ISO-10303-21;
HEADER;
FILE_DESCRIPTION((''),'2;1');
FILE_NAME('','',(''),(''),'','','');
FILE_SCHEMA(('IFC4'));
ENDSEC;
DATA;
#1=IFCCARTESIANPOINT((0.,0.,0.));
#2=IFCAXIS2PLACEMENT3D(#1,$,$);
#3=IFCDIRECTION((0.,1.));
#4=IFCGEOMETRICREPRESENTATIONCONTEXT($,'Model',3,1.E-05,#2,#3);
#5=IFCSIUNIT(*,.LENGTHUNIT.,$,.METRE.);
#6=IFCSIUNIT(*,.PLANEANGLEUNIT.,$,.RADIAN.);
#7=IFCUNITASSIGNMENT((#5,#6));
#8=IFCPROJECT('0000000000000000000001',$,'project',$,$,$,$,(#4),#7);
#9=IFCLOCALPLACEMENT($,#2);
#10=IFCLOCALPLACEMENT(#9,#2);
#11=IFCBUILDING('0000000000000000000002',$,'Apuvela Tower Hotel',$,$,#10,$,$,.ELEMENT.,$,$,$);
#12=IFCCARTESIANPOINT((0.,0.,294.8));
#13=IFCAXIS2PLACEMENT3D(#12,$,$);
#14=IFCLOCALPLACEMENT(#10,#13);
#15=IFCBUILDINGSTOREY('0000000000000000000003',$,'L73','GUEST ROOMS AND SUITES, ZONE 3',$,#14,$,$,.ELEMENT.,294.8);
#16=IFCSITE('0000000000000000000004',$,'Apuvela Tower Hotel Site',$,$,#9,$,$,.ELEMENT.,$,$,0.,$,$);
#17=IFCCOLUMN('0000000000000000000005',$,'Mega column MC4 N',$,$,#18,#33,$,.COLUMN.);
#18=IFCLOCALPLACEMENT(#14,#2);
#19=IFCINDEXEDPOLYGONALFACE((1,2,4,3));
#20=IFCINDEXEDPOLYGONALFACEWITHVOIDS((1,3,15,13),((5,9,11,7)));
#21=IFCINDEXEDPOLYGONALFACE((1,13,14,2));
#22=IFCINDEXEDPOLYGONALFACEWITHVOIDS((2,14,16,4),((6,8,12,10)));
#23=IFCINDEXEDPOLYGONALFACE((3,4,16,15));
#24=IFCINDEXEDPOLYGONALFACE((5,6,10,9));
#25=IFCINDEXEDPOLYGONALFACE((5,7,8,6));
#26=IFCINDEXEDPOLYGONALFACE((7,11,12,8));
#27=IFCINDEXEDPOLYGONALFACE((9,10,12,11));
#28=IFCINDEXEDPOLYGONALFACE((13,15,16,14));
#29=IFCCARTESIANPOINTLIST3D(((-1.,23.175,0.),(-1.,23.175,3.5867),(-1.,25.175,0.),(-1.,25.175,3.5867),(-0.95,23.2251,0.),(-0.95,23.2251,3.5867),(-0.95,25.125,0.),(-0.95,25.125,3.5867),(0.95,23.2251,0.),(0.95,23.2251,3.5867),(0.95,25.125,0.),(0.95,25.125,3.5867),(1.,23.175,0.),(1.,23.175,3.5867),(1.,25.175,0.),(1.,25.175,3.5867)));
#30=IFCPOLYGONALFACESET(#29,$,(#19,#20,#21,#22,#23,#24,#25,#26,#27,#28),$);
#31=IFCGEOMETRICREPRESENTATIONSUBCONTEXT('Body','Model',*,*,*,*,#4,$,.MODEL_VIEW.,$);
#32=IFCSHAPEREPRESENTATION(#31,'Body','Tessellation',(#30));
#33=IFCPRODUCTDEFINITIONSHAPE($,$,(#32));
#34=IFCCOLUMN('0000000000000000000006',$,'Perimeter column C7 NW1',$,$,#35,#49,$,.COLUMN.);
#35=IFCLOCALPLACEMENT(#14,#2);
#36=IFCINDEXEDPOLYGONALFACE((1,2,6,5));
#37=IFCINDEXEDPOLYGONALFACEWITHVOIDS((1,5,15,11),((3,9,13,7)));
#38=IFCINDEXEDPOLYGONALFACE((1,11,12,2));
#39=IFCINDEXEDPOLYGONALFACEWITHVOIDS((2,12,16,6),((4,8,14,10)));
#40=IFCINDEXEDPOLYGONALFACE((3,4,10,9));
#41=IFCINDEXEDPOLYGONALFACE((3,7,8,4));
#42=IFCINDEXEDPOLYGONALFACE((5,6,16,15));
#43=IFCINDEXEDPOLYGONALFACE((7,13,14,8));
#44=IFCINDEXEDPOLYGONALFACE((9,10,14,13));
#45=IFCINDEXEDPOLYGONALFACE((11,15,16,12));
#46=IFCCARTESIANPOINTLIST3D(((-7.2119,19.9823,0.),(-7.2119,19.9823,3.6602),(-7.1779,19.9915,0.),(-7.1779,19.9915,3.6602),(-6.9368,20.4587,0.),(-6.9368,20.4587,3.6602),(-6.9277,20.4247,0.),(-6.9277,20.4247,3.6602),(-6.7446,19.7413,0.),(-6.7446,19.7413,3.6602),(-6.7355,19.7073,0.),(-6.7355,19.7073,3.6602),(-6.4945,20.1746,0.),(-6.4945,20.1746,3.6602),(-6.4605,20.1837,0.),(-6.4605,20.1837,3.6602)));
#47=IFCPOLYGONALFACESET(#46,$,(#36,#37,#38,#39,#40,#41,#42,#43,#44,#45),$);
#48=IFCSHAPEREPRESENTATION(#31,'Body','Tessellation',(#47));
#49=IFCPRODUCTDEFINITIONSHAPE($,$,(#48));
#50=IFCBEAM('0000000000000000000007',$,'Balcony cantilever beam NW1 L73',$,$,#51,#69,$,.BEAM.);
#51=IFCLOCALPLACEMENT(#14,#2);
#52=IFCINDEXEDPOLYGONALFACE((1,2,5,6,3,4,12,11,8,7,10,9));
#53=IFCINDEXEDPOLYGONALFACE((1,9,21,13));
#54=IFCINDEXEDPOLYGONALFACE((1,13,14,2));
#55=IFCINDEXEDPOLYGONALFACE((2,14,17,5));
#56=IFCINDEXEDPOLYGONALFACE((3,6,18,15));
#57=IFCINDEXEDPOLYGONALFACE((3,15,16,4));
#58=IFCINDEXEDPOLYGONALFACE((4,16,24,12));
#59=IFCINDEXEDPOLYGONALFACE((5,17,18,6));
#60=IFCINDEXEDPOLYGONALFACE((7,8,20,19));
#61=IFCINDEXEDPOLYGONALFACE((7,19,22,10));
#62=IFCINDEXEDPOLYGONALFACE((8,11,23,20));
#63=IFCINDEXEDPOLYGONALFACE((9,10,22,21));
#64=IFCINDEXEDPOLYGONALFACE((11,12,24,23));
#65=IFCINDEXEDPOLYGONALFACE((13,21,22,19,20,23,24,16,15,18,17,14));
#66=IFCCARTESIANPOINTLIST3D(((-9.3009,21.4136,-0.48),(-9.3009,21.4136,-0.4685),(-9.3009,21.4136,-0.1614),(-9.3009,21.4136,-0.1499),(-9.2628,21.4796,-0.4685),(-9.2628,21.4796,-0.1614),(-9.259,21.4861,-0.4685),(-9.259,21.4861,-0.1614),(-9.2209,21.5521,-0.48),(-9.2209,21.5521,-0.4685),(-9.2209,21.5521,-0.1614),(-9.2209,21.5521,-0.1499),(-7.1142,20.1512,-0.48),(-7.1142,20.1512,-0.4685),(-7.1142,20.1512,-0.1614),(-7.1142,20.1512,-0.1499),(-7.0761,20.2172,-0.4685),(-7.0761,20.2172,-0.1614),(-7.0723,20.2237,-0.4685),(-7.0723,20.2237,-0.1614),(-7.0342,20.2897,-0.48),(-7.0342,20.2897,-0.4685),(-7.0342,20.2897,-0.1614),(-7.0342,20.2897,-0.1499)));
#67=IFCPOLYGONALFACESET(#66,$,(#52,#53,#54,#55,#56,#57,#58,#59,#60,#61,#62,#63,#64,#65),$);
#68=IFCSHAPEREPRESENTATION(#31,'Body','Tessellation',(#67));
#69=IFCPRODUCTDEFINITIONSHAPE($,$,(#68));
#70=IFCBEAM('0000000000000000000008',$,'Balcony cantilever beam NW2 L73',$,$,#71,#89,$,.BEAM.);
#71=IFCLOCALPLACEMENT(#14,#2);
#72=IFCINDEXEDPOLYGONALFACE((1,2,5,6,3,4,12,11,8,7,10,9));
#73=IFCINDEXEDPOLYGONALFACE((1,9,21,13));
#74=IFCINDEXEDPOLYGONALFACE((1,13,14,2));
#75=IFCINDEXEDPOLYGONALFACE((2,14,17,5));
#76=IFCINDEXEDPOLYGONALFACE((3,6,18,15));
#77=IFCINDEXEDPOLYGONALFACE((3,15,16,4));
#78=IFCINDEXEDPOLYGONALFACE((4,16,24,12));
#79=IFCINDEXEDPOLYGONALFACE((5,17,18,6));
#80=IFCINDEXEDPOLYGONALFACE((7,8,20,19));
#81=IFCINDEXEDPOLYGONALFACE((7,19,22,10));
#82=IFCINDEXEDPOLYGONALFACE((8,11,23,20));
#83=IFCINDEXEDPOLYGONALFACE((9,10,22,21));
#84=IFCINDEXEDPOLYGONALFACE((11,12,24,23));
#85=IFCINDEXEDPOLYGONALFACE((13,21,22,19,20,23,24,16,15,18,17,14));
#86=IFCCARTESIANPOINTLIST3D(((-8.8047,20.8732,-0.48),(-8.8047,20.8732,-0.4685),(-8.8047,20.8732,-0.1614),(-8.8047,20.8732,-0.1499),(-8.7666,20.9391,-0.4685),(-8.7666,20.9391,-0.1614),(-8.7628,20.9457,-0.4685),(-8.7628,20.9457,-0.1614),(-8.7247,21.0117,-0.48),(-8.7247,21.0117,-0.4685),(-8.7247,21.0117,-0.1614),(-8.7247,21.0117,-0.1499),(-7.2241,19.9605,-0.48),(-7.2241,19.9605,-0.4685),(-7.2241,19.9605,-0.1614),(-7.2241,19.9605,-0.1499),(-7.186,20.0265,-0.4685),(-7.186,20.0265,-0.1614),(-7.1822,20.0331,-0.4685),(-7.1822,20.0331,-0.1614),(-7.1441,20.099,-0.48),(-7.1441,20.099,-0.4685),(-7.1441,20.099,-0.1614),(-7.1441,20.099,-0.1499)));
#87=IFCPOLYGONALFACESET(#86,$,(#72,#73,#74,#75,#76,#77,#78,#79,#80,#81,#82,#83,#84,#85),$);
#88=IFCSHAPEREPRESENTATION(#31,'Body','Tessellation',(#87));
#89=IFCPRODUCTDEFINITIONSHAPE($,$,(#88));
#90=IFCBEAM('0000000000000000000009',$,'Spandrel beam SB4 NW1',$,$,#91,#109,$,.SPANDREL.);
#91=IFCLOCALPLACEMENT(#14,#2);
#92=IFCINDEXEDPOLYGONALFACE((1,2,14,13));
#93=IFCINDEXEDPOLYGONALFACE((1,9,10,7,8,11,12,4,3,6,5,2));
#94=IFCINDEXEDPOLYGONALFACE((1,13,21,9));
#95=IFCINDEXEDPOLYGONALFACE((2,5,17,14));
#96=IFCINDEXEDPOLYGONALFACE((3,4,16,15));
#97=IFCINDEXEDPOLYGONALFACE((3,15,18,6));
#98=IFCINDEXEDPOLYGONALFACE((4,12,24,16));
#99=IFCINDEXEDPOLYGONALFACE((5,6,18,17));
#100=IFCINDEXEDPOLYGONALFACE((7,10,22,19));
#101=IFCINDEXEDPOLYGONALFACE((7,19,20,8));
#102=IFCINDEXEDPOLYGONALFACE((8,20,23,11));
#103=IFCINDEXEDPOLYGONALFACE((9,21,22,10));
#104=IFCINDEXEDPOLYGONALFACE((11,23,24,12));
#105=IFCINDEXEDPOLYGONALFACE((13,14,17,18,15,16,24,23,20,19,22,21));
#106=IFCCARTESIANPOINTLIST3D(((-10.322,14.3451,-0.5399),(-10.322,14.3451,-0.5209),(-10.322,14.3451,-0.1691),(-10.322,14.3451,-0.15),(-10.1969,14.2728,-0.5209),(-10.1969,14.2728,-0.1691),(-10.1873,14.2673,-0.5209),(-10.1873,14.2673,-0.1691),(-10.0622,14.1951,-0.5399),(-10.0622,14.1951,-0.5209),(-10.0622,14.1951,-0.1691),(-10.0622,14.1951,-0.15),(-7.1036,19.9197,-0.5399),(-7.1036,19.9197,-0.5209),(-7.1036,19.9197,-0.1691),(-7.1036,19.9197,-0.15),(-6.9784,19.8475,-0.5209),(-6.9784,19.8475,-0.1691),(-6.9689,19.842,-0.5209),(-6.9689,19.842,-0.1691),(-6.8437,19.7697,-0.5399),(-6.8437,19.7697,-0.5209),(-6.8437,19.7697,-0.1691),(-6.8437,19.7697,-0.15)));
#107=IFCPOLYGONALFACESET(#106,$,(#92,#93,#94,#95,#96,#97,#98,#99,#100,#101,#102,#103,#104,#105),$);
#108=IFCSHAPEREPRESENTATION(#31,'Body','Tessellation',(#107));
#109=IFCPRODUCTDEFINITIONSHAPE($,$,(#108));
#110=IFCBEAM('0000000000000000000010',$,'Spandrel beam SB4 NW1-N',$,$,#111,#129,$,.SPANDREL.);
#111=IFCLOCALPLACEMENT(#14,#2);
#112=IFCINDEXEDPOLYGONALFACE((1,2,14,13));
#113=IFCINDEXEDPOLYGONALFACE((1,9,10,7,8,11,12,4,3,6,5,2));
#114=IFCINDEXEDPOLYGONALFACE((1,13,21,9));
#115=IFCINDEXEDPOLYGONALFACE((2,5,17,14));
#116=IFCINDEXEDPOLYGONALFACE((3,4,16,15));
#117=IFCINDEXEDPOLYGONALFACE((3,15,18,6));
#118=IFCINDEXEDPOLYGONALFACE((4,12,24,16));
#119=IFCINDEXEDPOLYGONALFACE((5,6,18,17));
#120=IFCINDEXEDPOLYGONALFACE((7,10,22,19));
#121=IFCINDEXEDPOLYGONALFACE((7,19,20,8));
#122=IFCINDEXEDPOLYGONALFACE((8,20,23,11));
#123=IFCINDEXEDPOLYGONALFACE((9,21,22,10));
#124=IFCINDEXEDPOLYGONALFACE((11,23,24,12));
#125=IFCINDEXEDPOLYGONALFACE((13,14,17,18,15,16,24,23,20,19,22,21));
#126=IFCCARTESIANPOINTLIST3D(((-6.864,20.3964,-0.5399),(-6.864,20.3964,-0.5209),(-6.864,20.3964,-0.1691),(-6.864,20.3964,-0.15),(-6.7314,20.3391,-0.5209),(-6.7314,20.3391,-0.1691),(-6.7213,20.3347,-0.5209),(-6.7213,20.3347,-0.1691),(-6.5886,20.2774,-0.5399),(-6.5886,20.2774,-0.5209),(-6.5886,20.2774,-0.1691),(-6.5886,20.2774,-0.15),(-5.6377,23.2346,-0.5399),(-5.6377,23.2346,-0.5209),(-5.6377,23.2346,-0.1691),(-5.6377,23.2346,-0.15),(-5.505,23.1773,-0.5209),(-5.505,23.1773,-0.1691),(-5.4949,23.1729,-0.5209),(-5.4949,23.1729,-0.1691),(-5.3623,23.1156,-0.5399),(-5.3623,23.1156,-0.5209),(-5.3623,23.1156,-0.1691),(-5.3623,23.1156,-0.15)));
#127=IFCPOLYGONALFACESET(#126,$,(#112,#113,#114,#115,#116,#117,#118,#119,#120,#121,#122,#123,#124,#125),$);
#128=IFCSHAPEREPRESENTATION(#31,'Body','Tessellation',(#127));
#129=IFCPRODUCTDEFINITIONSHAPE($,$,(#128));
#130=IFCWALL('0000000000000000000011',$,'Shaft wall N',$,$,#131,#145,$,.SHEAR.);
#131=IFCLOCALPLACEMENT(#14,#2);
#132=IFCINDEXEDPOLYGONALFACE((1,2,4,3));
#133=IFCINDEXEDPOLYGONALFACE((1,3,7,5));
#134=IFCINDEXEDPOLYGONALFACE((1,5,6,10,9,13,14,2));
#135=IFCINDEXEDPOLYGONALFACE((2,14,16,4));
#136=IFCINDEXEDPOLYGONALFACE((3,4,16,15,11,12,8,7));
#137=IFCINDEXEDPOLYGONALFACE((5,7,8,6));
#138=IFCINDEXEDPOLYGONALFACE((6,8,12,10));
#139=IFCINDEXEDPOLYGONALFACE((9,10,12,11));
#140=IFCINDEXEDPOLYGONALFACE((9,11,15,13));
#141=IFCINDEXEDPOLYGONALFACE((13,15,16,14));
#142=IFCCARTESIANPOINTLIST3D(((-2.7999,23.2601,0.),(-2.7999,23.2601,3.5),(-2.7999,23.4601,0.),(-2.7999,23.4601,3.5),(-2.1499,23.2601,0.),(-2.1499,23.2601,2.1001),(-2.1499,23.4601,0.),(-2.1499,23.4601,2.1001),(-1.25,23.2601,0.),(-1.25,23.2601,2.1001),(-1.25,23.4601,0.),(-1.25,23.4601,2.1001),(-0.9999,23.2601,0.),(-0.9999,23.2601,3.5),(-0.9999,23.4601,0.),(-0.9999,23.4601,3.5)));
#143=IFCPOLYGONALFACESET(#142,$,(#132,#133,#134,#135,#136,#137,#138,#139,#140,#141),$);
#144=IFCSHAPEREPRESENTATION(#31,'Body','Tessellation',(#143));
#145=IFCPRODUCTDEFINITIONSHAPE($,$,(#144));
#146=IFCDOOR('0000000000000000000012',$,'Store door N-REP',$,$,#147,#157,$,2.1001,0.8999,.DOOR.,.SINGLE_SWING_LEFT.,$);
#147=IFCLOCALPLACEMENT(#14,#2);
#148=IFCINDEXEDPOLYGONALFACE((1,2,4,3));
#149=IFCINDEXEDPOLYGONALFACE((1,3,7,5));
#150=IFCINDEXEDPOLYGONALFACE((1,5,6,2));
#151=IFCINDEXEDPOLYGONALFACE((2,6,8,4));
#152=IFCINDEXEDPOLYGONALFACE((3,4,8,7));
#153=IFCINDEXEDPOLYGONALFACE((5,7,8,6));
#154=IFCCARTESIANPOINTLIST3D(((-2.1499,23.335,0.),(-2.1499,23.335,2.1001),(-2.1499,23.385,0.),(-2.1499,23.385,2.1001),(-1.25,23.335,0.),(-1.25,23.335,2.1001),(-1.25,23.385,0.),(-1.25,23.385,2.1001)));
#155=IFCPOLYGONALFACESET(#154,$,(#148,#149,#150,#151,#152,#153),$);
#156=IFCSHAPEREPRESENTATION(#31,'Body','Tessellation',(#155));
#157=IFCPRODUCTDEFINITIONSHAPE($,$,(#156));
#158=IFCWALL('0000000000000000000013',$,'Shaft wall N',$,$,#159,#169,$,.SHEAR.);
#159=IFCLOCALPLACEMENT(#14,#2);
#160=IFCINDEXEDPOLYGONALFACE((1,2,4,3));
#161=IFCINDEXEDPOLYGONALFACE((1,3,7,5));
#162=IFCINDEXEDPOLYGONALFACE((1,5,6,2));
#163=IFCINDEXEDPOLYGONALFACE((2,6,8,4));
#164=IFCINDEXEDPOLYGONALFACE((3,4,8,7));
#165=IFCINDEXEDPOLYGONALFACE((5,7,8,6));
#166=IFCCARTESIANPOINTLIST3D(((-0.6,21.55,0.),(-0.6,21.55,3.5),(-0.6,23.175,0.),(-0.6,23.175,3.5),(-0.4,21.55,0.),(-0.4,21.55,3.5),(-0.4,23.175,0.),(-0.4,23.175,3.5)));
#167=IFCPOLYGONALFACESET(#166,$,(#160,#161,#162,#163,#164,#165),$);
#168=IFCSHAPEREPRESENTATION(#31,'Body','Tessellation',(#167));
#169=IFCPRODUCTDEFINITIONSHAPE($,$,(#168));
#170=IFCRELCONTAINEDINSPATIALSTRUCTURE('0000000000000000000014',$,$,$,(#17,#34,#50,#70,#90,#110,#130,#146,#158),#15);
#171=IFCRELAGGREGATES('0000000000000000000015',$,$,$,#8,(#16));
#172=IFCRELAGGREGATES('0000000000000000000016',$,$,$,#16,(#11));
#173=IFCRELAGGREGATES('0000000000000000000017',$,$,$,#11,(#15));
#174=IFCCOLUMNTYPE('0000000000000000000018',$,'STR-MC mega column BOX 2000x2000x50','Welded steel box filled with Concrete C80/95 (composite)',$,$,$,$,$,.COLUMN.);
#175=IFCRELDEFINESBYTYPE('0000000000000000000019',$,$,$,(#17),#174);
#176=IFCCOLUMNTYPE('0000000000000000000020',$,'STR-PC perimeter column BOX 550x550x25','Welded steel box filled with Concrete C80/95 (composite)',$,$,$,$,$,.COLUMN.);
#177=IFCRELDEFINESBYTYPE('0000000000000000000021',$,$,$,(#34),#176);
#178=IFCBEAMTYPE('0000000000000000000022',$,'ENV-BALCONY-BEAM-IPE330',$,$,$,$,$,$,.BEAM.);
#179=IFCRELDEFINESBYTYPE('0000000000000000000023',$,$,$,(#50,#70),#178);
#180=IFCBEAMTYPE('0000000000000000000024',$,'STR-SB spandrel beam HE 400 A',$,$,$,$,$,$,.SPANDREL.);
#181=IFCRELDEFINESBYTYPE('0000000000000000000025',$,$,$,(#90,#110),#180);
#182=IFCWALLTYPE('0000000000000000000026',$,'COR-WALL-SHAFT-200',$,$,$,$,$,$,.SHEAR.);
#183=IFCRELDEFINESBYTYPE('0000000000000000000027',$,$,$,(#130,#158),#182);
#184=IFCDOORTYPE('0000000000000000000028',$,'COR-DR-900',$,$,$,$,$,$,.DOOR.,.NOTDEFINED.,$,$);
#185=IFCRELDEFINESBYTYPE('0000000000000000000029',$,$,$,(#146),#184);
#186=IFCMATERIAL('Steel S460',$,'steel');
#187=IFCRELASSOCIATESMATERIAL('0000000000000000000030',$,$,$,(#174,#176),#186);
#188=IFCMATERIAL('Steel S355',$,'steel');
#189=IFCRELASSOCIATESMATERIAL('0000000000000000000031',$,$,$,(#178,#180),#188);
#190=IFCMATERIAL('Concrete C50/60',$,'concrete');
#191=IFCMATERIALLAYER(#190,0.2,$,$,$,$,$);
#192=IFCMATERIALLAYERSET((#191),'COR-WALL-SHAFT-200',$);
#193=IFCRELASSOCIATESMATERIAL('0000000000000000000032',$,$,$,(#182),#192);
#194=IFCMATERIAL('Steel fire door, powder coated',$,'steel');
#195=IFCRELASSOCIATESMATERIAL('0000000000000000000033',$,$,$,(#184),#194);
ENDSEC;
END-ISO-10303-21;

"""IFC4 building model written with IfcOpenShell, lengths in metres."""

from ifc_helpers import new_model, si_unit, direction, frame, frame_2d, origin, origin_2d, place, context, subcontext, project, spatial, rectangle, hollow_rectangle, i_section, extrude, boolean, halfspace, material, layer, layer_set, material_profile, profile_set, type_object, element, fill, save


model = new_model("IFC4")

# Units and contexts
model_context = context("Model", 3, precision=1e-05, world=origin(), true_north=direction((0.0, 1.0)))
body_context = subcontext(model_context, "Body", "Model", "MODEL_VIEW")
ifc_project = project(units=[si_unit("LENGTHUNIT", "METRE"), si_unit("PLANEANGLEUNIT", "RADIAN")], contexts=[model_context])

# Site, building, storey
site_placement = place(None, origin())
site = spatial("IfcSite", under=ifc_project, at=site_placement, Name="Apuvela Tower Hotel Site", CompositionType="ELEMENT", RefElevation=0.0)
building_placement = place(site_placement, origin())
building = spatial("IfcBuilding", under=site, at=building_placement, Name="Apuvela Tower Hotel", CompositionType="ELEMENT")
storey_placement = place(building_placement, frame((0.0, 0.0, 294.8)))
storey = spatial("IfcBuildingStorey", under=building, at=storey_placement, Name="L73", Description="GUEST ROOMS AND SUITES, ZONE 3", CompositionType="ELEMENT", Elevation=294.8)

# Columns
ifc_material_1 = material(Name="Steel S460", Category="steel")
ifc_material_profile_1 = material_profile(ifc_material_1, hollow_rectangle(XDim=2.0, YDim=2.0, WallThickness=0.05, at=origin_2d()), Name="BOX 2000x2000x50")
ifc_material_2 = material(Name="Concrete C80/95", Category="concrete")
ifc_material_profile_2 = material_profile(ifc_material_2, rectangle(XDim=1.8999, YDim=1.8999, at=origin_2d()), Name="Concrete C80/95 infill")
ifc_profile_set_1 = profile_set([ifc_material_profile_1, ifc_material_profile_2], Name="Steel S460")
column_type_1 = type_object("IfcColumnType", Name="STR-MC mega column BOX 2000x2000x50", Description="Welded steel box filled with Concrete C80/95 (composite)", PredefinedType="COLUMN", material=ifc_profile_set_1)
column_1_placement = place(storey_placement, frame((0.0, 24.175, 0.0), z_axis=(0.0, 0.0, 1.0), x_axis=(1.0, 0.0, 0.0)))
element("IfcColumn", 1, at=column_1_placement, inside=storey, type_object=column_type_1, Name="Mega column MC4 N", PredefinedType="COLUMN", context=body_context, shape_type="SweptSolid", body=[
    boolean("DIFFERENCE", extrude(hollow_rectangle(XDim=2.0, YDim=2.0, WallThickness=0.05, at=origin_2d()), origin(), (0.0, 0.0, 1.0), 3.7), halfspace(frame((0.0, 0.0, 3.5867), z_axis=(0.0, 0.0, 1.0), x_axis=(1.0, 0.0, 0.0)), False)),
])
ifc_material_profile_3 = material_profile(ifc_material_1, hollow_rectangle(XDim=0.55, YDim=0.55, WallThickness=0.0249, at=origin_2d()), Name="BOX 550x550x25")
ifc_material_profile_4 = material_profile(ifc_material_2, rectangle(XDim=0.5, YDim=0.5, at=origin_2d()), Name="Concrete C80/95 infill")
ifc_profile_set_2 = profile_set([ifc_material_profile_3, ifc_material_profile_4], Name="Steel S460")
column_type_2 = type_object("IfcColumnType", Name="STR-PC perimeter column BOX 550x550x25", Description="Welded steel box filled with Concrete C80/95 (composite)", PredefinedType="COLUMN", material=ifc_profile_set_2)
column_2_placement = place(storey_placement, frame((-6.8362, 20.083, 0.0), z_axis=(0.0, 0.0, 1.0), x_axis=(0.5, 0.866025, 0.0)))
element("IfcColumn", 2, at=column_2_placement, inside=storey, type_object=column_type_2, Name="Perimeter column C7 NW1", PredefinedType="COLUMN", context=body_context, shape_type="SweptSolid", body=[
    boolean("DIFFERENCE", extrude(hollow_rectangle(XDim=0.55, YDim=0.55, WallThickness=0.0249, at=origin_2d()), origin(), (0.0, 0.0, 1.0), 3.7), halfspace(frame((0.0, 0.0, 3.6602), z_axis=(0.0, 0.0, 1.0), x_axis=(1.0, 0.0, 0.0)), False)),
])

# Beams
ifc_material_3 = material(Name="Steel S355", Category="steel")
ifc_material_profile_5 = material_profile(ifc_material_3, i_section(OverallWidth=0.1599, OverallDepth=0.3301, WebThickness=0.0076, FlangeThickness=0.0115, at=origin_2d()), Name="IPE 330")
ifc_profile_set_3 = profile_set([ifc_material_profile_5], Name="Steel S355")
beam_type_1 = type_object("IfcBeamType", Name="ENV-BALCONY-BEAM-IPE330", PredefinedType="BEAM", material=ifc_profile_set_3)
beam_1_placement = place(storey_placement, frame((-7.0742, 20.2205, -0.3149), z_axis=(-0.866039, 0.499976, 0.0), x_axis=(-0.499976, -0.866039, 0.0)))
element("IfcBeam", 3, at=beam_1_placement, inside=storey, type_object=beam_type_1, Name="Balcony cantilever beam NW1 L73", PredefinedType="BEAM", context=body_context, shape_type="SweptSolid", body=[
    extrude(i_section(OverallWidth=0.1599, OverallDepth=0.3301, WebThickness=0.0076, FlangeThickness=0.0115, at=origin_2d()), origin(), (0.0, 0.0, 1.0), 2.5249),
])
beam_2_placement = place(storey_placement, frame((-7.1841, 20.0298, -0.3149), z_axis=(-0.866012, 0.500024, 0.0), x_axis=(-0.500024, -0.866012, 0.0)))
element("IfcBeam", 4, at=beam_2_placement, inside=storey, type_object=beam_type_1, Name="Balcony cantilever beam NW2 L73", PredefinedType="BEAM", context=body_context, shape_type="SweptSolid", body=[
    extrude(i_section(OverallWidth=0.1599, OverallDepth=0.3301, WebThickness=0.0076, FlangeThickness=0.0115, at=origin_2d()), origin(), (0.0, 0.0, 1.0), 1.8252),
])
ifc_material_profile_6 = material_profile(ifc_material_3, i_section(OverallWidth=0.3, OverallDepth=0.3899, WebThickness=0.011, FlangeThickness=0.019, at=origin_2d()), Name="HE 400 A")
ifc_profile_set_4 = profile_set([ifc_material_profile_6], Name="Steel S355")
beam_type_2 = type_object("IfcBeamType", Name="STR-SB spandrel beam HE 400 A", PredefinedType="SPANDREL", material=ifc_profile_set_4)
beam_3_placement = place(storey_placement, frame((-6.9736, 19.8447, -0.345), z_axis=(-0.499994, -0.866029, 0.0), x_axis=(0.866029, -0.499994, 0.0)))
element("IfcBeam", 5, at=beam_3_placement, inside=storey, type_object=beam_type_2, Name="Spandrel beam SB4 NW1", PredefinedType="SPANDREL", context=body_context, shape_type="SweptSolid", body=[
    extrude(i_section(OverallWidth=0.3, OverallDepth=0.3899, WebThickness=0.011, FlangeThickness=0.019, at=origin_2d()), origin(), (0.0, 0.0, 1.0), 6.437),
])
beam_4_placement = place(storey_placement, frame((-6.7263, 20.3369, -0.345), z_axis=(0.396643, 0.917973, 0.0), x_axis=(-0.917973, 0.396643, 0.0)))
element("IfcBeam", 6, at=beam_4_placement, inside=storey, type_object=beam_type_2, Name="Spandrel beam SB4 NW1-N", PredefinedType="SPANDREL", context=body_context, shape_type="SweptSolid", body=[
    extrude(i_section(OverallWidth=0.3, OverallDepth=0.3899, WebThickness=0.011, FlangeThickness=0.019, at=origin_2d()), origin(), (0.0, 0.0, 1.0), 3.0918),
])

# Wall, opening, door
ifc_material_4 = material(Name="Concrete C50/60", Category="concrete")
ifc_layer_1 = layer(ifc_material_4, 0.2)
ifc_layer_set_1 = layer_set([ifc_layer_1], Name="COR-WALL-SHAFT-200")
wall_type_1 = type_object("IfcWallType", Name="COR-WALL-SHAFT-200", PredefinedType="SHEAR", material=ifc_layer_set_1)
wall_1_placement = place(storey_placement, frame((-1.0, 23.3601, 0.0), z_axis=(0.0, 0.0, 1.0), x_axis=(-1.0, 0.0, 0.0)))
wall_1 = element("IfcWall", 7, at=wall_1_placement, inside=storey, type_object=wall_type_1, Name="Shaft wall N", PredefinedType="SHEAR", context=body_context, shape_type="SweptSolid", body=[
    extrude(rectangle(XDim=1.8, YDim=0.2, at=frame_2d((0.8999, 0.0))), origin(), (0.0, 0.0, 1.0), 3.5),
])
opening_1_placement = place(wall_1_placement, frame((0.25, 0.0, 0.0)))
opening_1 = element("IfcOpeningElement", 8, at=opening_1_placement, cuts=wall_1, PredefinedType="OPENING", context=body_context, shape_type="SweptSolid", body=[
    extrude(rectangle(XDim=0.8999, YDim=2.1001, at=frame_2d((0.45, 1.05))), frame((0.0, 0.1099, 0.0), z_axis=(0.0, -1.0, 0.0), x_axis=(1.0, 0.0, 0.0)), (0.0, 0.0, 1.0), 0.22),
])
ifc_material_5 = material(Name="Steel fire door, powder coated", Category="steel")
door_type_1 = type_object("IfcDoorType", Name="COR-DR-900", OperationType="NOTDEFINED", PredefinedType="DOOR", material=ifc_material_5)
door_1_placement = place(opening_1_placement, frame((0.8999, 0.0, 0.0), z_axis=(0.0, 0.0, 1.0), x_axis=(-1.0, 0.0, 0.0)))
door_1 = element("IfcDoor", 9, at=door_1_placement, inside=storey, type_object=door_type_1, Name="Store door N-REP", OperationType="SINGLE_SWING_LEFT", OverallHeight=2.1001, OverallWidth=0.8999, PredefinedType="DOOR", context=body_context, shape_type="SweptSolid", body=[
    extrude(rectangle(XDim=0.8999, YDim=2.1001, at=frame_2d((0.45, 1.05))), frame((0.0, 0.0249, 0.0), z_axis=(0.0, -1.0, 0.0), x_axis=(1.0, 0.0, 0.0)), (0.0, 0.0, 1.0), 0.05),
])
fill(opening_1, door_1)

# Wall
wall_2_placement = place(storey_placement, frame((-0.5, 21.55, 0.0), z_axis=(0.0, 0.0, 1.0), x_axis=(0.0, 1.0, 0.0)))
element("IfcWall", 10, at=wall_2_placement, inside=storey, type_object=wall_type_1, Name="Shaft wall N", PredefinedType="SHEAR", context=body_context, shape_type="SweptSolid", body=[
    extrude(rectangle(XDim=1.625, YDim=0.2, at=frame_2d((0.8125, 0.0))), origin(), (0.0, 0.0, 1.0), 3.5),
])

save(model, "model.ifc")
